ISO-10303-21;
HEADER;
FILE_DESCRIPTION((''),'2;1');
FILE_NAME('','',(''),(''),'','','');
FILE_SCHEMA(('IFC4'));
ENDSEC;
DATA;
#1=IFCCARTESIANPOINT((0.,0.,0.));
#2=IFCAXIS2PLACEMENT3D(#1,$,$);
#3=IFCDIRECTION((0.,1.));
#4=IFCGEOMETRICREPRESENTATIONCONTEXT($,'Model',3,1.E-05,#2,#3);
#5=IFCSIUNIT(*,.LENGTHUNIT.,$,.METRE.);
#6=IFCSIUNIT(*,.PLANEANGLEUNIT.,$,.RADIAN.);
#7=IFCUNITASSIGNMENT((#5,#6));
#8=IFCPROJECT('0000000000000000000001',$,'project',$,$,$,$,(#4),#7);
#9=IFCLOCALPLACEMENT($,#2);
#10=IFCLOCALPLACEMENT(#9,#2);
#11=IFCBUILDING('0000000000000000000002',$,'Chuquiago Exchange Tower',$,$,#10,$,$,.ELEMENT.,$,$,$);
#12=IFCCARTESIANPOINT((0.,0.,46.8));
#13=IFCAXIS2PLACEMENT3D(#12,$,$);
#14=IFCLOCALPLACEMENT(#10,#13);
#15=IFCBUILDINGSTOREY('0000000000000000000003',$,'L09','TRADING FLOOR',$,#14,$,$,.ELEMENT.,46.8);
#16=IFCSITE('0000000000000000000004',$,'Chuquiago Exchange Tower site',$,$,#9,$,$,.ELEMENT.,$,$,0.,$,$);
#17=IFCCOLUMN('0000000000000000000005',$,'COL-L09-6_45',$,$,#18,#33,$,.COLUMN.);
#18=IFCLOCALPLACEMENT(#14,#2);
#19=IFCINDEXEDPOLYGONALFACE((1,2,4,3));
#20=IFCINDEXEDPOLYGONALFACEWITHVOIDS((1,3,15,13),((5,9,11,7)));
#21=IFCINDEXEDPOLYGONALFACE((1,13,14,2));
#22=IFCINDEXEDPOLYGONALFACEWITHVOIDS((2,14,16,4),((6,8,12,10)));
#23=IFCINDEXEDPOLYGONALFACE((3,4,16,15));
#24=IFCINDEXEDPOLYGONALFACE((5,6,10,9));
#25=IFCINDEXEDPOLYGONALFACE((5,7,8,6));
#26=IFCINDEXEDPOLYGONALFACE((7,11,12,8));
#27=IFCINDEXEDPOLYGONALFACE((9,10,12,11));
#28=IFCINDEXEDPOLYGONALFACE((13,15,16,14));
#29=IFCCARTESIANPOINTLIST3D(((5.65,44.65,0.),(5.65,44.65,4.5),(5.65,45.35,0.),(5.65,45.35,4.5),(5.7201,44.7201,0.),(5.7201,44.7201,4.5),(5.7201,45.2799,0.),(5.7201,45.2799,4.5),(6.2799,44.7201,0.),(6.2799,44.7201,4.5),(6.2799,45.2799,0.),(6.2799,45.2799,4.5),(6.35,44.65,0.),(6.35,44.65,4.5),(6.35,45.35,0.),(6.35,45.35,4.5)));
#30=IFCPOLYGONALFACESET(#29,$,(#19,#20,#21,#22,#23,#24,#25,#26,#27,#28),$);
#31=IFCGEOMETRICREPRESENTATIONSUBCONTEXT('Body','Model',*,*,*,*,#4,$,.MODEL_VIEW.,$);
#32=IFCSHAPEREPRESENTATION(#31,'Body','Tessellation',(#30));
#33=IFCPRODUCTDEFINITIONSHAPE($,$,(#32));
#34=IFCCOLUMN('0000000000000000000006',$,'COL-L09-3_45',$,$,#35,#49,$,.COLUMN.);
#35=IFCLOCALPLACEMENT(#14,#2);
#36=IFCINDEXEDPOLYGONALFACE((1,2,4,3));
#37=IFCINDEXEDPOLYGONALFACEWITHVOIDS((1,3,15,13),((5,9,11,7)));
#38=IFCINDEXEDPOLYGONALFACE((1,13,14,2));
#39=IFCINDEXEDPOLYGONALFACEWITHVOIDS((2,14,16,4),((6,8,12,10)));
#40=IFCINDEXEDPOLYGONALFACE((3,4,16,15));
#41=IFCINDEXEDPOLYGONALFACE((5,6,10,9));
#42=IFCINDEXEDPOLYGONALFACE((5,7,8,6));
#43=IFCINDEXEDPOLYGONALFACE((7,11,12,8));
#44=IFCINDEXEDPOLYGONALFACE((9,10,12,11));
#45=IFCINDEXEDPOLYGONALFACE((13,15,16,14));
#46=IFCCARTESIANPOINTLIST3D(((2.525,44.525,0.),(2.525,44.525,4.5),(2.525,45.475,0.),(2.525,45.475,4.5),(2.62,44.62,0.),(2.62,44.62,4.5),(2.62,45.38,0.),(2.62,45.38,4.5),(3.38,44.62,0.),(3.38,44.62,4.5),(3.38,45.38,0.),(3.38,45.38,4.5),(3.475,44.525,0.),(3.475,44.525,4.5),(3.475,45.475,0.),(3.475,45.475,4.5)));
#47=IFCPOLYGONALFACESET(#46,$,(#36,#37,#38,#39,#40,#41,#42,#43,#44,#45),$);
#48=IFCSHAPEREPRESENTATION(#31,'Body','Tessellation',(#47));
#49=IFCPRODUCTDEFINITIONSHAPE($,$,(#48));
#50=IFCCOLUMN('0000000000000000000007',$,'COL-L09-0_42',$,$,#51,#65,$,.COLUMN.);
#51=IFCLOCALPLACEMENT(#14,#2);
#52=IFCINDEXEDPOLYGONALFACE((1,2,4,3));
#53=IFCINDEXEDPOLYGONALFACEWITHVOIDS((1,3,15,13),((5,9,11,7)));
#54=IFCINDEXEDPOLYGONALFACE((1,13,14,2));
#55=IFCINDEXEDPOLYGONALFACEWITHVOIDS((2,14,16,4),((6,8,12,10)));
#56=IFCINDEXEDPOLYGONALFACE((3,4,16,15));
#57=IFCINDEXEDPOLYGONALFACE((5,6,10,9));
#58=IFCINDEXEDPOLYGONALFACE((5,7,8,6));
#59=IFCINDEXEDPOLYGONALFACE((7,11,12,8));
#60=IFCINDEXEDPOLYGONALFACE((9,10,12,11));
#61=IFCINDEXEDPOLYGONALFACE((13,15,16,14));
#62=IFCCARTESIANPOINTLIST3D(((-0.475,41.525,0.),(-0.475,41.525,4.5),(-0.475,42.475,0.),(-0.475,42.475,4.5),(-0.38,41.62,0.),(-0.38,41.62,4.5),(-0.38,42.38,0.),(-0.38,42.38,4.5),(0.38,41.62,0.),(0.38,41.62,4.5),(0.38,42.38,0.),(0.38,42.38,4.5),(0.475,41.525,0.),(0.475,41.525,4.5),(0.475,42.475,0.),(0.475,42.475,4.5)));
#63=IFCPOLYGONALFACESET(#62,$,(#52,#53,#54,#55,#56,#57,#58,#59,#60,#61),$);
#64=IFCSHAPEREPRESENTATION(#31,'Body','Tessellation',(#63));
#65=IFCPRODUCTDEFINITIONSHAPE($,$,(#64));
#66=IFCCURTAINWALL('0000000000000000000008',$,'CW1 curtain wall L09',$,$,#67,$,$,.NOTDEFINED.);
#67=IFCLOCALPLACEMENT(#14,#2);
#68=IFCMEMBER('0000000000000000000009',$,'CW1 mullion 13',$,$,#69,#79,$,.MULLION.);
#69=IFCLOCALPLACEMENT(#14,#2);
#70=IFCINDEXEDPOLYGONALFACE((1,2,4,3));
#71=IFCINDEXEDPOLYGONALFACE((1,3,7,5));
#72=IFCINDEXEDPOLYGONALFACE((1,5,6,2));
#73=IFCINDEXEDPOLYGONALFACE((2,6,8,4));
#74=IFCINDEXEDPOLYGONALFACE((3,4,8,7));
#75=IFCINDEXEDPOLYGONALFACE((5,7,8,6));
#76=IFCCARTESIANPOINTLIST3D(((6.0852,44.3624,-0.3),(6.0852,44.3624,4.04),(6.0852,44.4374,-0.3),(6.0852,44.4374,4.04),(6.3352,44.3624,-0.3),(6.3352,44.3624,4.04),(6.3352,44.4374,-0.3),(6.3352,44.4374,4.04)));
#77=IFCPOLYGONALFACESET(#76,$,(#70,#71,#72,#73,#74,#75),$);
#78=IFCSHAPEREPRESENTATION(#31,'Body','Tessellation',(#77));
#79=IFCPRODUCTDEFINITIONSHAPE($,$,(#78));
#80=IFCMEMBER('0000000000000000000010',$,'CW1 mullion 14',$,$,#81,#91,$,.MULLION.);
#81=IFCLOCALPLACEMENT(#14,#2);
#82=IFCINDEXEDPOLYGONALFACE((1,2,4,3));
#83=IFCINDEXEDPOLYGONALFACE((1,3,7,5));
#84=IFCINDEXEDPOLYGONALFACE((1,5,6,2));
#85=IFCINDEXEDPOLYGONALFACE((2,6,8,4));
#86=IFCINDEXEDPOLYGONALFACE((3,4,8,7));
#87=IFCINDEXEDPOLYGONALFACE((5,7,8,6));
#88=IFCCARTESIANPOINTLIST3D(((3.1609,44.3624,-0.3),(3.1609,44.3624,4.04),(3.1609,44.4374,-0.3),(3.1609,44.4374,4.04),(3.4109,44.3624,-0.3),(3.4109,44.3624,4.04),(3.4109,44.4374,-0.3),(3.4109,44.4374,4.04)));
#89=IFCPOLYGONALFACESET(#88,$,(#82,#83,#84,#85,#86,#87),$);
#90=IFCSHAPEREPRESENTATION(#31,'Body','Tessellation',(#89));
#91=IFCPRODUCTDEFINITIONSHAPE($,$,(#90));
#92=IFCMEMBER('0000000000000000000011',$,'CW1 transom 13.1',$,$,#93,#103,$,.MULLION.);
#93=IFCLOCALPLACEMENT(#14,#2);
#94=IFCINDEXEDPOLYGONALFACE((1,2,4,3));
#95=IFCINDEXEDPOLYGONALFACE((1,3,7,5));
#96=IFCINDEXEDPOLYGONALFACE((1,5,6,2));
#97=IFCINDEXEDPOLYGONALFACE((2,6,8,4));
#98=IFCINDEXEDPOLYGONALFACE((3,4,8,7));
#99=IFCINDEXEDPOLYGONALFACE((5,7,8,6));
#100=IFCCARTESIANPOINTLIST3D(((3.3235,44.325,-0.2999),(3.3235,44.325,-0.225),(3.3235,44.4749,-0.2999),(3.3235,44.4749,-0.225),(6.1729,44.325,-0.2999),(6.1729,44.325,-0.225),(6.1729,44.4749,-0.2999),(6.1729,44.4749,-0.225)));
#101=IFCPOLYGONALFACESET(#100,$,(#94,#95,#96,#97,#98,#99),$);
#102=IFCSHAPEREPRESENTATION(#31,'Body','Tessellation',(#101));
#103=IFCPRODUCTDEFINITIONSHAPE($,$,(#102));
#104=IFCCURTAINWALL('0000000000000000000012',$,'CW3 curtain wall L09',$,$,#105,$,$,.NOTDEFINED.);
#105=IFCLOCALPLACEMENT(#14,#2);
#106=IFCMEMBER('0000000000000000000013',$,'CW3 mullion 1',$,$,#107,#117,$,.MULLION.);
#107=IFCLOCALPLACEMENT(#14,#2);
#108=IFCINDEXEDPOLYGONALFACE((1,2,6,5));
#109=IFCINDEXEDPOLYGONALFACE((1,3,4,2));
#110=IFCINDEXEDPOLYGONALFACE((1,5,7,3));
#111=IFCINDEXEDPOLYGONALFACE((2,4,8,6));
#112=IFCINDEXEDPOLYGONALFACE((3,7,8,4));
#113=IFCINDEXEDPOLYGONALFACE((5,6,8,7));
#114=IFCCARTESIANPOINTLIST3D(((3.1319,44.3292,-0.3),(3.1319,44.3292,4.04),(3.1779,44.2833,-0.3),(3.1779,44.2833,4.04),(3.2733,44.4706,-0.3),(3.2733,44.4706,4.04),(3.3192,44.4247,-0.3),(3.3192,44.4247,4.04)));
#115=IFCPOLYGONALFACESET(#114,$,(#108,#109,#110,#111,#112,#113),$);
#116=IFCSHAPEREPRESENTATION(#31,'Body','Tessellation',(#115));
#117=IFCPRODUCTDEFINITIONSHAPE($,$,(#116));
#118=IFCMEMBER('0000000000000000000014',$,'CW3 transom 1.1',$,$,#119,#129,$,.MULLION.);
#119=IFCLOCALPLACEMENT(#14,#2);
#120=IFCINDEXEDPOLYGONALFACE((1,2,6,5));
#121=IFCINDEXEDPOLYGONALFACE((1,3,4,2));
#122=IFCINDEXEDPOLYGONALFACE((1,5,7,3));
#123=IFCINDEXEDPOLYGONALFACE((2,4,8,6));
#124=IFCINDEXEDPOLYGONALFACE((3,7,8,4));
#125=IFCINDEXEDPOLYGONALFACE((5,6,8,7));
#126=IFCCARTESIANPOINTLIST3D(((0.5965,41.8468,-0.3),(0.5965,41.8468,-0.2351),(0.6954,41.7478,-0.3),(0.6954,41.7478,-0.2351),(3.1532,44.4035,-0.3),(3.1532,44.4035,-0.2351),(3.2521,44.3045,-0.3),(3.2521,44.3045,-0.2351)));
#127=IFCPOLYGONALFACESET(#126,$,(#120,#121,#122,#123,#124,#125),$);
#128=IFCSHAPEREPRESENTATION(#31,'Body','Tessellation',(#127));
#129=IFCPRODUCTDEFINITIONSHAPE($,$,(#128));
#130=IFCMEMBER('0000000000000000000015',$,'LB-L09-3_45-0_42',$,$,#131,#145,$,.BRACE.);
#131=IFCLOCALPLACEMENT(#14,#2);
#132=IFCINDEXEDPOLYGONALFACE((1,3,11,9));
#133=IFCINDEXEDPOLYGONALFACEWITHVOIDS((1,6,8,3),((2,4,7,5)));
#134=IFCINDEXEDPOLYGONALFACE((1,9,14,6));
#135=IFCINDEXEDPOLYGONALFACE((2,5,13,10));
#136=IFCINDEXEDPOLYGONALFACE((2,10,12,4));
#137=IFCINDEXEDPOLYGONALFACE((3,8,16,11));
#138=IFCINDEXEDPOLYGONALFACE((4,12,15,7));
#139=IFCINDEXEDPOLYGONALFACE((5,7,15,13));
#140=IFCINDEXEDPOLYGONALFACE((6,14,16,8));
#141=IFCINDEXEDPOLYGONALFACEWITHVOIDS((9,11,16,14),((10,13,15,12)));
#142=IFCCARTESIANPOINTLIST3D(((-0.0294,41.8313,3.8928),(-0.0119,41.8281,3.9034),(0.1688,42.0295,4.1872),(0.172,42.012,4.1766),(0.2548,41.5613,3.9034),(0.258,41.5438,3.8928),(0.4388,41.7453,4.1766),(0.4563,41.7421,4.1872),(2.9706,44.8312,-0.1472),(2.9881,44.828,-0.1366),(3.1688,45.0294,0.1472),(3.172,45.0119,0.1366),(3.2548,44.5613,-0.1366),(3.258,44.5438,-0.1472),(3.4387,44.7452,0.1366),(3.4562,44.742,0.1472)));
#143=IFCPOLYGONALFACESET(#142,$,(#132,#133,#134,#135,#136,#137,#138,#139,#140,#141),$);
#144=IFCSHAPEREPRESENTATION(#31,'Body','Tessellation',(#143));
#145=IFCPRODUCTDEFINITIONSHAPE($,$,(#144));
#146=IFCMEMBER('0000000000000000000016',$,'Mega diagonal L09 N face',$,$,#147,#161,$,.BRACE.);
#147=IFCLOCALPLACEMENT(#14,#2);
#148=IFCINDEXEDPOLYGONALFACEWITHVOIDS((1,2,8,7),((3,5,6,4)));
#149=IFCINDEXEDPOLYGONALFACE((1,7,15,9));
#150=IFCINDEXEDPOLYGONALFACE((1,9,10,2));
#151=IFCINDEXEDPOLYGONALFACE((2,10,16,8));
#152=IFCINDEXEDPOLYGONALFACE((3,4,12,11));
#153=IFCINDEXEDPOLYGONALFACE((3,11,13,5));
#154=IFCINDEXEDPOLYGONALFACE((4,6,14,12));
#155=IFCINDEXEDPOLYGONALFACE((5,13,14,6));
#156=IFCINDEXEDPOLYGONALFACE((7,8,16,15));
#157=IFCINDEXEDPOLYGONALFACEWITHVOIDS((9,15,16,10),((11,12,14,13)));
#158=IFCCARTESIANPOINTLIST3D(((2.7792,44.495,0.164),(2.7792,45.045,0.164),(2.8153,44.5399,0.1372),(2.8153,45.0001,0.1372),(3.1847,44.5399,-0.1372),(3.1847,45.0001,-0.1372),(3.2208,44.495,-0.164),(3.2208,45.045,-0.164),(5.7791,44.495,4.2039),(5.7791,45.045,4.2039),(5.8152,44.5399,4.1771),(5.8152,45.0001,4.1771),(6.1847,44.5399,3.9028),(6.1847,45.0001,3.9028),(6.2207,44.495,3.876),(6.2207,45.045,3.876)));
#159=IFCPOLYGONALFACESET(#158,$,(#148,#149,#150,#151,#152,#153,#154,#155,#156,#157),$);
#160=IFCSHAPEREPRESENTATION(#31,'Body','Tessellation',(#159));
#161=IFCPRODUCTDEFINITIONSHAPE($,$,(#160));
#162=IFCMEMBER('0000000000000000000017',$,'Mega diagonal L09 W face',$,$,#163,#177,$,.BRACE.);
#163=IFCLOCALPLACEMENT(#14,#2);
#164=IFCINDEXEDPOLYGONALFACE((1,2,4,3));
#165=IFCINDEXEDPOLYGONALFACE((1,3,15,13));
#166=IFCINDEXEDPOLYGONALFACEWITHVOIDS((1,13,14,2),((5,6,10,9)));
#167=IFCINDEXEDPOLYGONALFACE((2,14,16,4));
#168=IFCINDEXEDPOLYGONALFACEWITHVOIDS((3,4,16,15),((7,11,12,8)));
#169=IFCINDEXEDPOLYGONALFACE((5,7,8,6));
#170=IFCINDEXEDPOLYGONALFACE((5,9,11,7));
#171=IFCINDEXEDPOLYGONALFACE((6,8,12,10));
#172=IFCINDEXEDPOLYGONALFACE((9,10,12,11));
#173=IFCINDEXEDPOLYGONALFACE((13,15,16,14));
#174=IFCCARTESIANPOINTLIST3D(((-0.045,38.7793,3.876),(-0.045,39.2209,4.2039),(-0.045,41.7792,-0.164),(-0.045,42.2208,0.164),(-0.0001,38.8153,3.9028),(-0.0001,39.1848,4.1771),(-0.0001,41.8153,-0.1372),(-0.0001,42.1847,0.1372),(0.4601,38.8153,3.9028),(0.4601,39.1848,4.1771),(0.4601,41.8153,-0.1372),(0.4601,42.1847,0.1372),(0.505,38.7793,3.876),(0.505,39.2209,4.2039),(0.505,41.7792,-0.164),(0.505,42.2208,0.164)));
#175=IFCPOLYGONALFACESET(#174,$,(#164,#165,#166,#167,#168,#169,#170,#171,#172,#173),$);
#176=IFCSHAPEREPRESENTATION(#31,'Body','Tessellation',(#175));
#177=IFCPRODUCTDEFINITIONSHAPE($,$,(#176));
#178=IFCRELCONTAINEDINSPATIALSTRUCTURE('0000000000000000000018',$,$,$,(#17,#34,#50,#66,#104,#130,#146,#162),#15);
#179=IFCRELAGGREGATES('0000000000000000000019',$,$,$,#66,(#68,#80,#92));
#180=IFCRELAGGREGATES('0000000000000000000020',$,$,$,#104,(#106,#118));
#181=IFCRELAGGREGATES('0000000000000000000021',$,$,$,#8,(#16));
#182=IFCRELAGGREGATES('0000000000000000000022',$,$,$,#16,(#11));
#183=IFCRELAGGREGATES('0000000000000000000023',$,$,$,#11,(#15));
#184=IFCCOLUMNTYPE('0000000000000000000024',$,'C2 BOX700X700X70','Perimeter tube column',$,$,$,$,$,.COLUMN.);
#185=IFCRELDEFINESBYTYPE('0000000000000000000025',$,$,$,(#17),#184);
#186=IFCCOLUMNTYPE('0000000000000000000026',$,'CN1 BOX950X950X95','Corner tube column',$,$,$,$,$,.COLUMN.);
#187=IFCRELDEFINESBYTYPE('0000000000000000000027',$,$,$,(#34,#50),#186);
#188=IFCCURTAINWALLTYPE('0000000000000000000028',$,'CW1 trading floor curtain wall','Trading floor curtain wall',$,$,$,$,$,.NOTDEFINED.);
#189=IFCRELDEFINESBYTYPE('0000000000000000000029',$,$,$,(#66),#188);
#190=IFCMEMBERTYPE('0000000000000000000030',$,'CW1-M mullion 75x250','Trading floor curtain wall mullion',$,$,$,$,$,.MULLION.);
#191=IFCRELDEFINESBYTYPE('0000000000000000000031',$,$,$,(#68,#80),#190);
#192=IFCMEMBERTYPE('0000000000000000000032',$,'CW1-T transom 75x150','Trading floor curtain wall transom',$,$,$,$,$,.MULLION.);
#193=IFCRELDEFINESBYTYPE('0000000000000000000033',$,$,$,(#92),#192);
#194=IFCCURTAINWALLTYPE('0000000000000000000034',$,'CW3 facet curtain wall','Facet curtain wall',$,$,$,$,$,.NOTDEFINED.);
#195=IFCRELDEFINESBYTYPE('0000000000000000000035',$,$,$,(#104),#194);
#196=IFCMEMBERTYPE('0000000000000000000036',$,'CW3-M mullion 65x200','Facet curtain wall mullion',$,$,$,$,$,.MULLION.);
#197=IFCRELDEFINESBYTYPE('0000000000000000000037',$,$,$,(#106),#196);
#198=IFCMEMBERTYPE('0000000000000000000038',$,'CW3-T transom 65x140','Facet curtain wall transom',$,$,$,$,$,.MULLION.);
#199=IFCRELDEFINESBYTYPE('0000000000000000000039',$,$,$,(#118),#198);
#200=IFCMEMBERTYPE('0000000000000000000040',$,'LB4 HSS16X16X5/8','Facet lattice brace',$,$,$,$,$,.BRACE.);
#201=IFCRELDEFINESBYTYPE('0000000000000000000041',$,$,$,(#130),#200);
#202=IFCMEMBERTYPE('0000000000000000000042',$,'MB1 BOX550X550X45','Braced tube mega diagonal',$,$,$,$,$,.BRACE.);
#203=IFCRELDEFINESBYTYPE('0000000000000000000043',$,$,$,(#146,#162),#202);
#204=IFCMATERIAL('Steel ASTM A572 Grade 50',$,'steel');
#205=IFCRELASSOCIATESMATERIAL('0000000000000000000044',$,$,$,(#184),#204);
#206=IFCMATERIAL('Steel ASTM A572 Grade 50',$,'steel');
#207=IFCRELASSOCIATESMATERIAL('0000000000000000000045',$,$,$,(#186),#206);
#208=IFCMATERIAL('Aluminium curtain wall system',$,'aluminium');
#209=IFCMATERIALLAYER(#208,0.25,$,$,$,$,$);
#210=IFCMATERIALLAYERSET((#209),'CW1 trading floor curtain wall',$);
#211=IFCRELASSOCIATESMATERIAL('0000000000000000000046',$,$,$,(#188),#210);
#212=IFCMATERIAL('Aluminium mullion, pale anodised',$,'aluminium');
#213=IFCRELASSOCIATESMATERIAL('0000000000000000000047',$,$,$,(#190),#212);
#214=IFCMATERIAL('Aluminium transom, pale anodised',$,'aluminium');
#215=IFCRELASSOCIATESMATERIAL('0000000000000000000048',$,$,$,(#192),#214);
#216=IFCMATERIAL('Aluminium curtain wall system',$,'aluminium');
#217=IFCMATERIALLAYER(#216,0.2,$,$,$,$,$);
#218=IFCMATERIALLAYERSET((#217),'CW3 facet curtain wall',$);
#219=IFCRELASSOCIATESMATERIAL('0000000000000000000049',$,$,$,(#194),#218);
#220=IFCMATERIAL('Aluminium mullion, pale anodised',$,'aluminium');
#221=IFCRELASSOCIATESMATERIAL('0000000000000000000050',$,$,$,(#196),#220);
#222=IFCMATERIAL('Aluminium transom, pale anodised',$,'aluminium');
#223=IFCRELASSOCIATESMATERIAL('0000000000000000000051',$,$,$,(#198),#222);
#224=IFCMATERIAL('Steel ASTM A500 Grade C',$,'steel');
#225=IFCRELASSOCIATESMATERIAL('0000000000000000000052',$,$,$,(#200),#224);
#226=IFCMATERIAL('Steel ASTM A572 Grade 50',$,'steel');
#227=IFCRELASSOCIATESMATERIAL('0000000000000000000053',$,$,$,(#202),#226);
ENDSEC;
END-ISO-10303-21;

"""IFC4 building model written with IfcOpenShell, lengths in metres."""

from ifc_helpers import new_model, si_unit, direction, frame, origin, origin_2d, place, context, subcontext, project, spatial, rectangle, hollow_rectangle, extrude, material, layer, layer_set, material_profile, profile_set, type_object, element, aggregate, save


model = new_model("IFC4")

# Units and contexts
model_context = context("Model", 3, precision=1e-05, world=origin(), true_north=direction((0.0, 1.0)))
body_context = subcontext(model_context, "Body", "Model", "MODEL_VIEW")
ifc_project = project(units=[si_unit("LENGTHUNIT", "METRE"), si_unit("PLANEANGLEUNIT", "RADIAN")], contexts=[model_context])

# Site, building, storey
site_placement = place(None, origin())
site = spatial("IfcSite", under=ifc_project, at=site_placement, Name="Chuquiago Exchange Tower site", CompositionType="ELEMENT", RefElevation=0.0)
building_placement = place(site_placement, origin())
building = spatial("IfcBuilding", under=site, at=building_placement, Name="Chuquiago Exchange Tower", CompositionType="ELEMENT")
storey_placement = place(building_placement, frame((0.0, 0.0, 46.8)))
storey = spatial("IfcBuildingStorey", under=building, at=storey_placement, Name="L09", Description="TRADING FLOOR", CompositionType="ELEMENT", Elevation=46.8)

# Columns
ifc_material_1 = material(Name="Steel ASTM A572 Grade 50", Category="steel")
ifc_material_profile_1 = material_profile(ifc_material_1, hollow_rectangle(XDim=0.7, YDim=0.7, WallThickness=0.0701, at=origin_2d()), Name="BOX700X700X70")
ifc_profile_set_1 = profile_set([ifc_material_profile_1], Name="Steel ASTM A572 Grade 50")
column_type_1 = type_object("IfcColumnType", Name="C2 BOX700X700X70", Description="Perimeter tube column", PredefinedType="COLUMN", material=ifc_profile_set_1)
column_placement = place(storey_placement, frame((6.0, 45.0, 0.0), z_axis=(0.0, 0.0, 1.0), x_axis=(0.0, 1.0, 0.0)))
element("IfcColumn", 1, at=column_placement, inside=storey, type_object=column_type_1, Name="COL-L09-6_45", PredefinedType="COLUMN", context=body_context, shape_type="SweptSolid", body=[
    extrude(hollow_rectangle(XDim=0.7, YDim=0.7, WallThickness=0.0701, at=origin_2d()), origin(), (0.0, 0.0, 1.0), 4.5),
])
ifc_material_2 = material(Name="Steel ASTM A572 Grade 50", Category="steel")
ifc_material_profile_2 = material_profile(ifc_material_2, hollow_rectangle(XDim=0.95, YDim=0.95, WallThickness=0.095, at=origin_2d()), Name="BOX950X950X95")
ifc_profile_set_2 = profile_set([ifc_material_profile_2], Name="Steel ASTM A572 Grade 50")
column_type_2 = type_object("IfcColumnType", Name="CN1 BOX950X950X95", Description="Corner tube column", PredefinedType="COLUMN", material=ifc_profile_set_2)
for number, where, z_axis, x_axis, name in (
    (2, (3.0, 45.0, 0.0), (0.0, 0.0, 1.0), (0.0, 1.0, 0.0), "COL-L09-3_45"),
    (3, (0.0, 42.0, 0.0), (0.0, 0.0, 1.0), (-1.0, 0.0, 0.0), "COL-L09-0_42"),
):
    element("IfcColumn", number, at=place(storey_placement, frame(where, z_axis=z_axis, x_axis=x_axis)), inside=storey, type_object=column_type_2, Name=name, PredefinedType="COLUMN", context=body_context, shape_type="SweptSolid", body=[
        extrude(hollow_rectangle(XDim=0.95, YDim=0.95, WallThickness=0.095, at=origin_2d()), origin(), (0.0, 0.0, 1.0), 4.5),
    ])

# Curtain walls, members
ifc_material_3 = material(Name="Aluminium curtain wall system", Category="aluminium")
ifc_layer_1 = layer(ifc_material_3, 0.25)
ifc_layer_set_1 = layer_set([ifc_layer_1], Name="CW1 trading floor curtain wall")
curtain_wall_type_1 = type_object("IfcCurtainWallType", Name="CW1 trading floor curtain wall", Description="Trading floor curtain wall", PredefinedType="NOTDEFINED", material=ifc_layer_set_1)
curtain_wall_1_placement = place(storey_placement, origin())
curtain_wall_1 = element("IfcCurtainWall", 4, at=curtain_wall_1_placement, inside=storey, type_object=curtain_wall_type_1, Name="CW1 curtain wall L09", PredefinedType="NOTDEFINED")
ifc_material_4 = material(Name="Aluminium mullion, pale anodised", Category="aluminium")
ifc_material_profile_3 = material_profile(ifc_material_4, rectangle(XDim=0.075, YDim=0.25, at=origin_2d()), Name="AL 75x250")
ifc_profile_set_3 = profile_set([ifc_material_profile_3], Name="Aluminium mullion, pale anodised")
member_type_1 = type_object("IfcMemberType", Name="CW1-M mullion 75x250", Description="Trading floor curtain wall mullion", PredefinedType="MULLION", material=ifc_profile_set_3)
member_1_placement = place(storey_placement, frame((6.2102, 44.3999, -0.3), z_axis=(0.0, 0.0, 1.0), x_axis=(0.0, -1.0, 0.0)))
member_1 = element("IfcMember", 5, at=member_1_placement, type_object=member_type_1, Name="CW1 mullion 13", PredefinedType="MULLION", context=body_context, shape_type="SweptSolid", body=[
    extrude(rectangle(XDim=0.075, YDim=0.25, at=origin_2d()), origin(), (0.0, 0.0, 1.0), 4.3401),
])
member_2_placement = place(storey_placement, frame((3.2859, 44.3999, -0.3), z_axis=(0.0, 0.0, 1.0), x_axis=(0.0, -1.0, 0.0)))
member_2 = element("IfcMember", 6, at=member_2_placement, type_object=member_type_1, Name="CW1 mullion 14", PredefinedType="MULLION", context=body_context, shape_type="SweptSolid", body=[
    extrude(rectangle(XDim=0.075, YDim=0.25, at=origin_2d()), origin(), (0.0, 0.0, 1.0), 4.3401),
])
ifc_material_5 = material(Name="Aluminium transom, pale anodised", Category="aluminium")
ifc_material_profile_4 = material_profile(ifc_material_5, rectangle(XDim=0.1499, YDim=0.075, at=origin_2d()), Name="AL 150x75")
ifc_profile_set_4 = profile_set([ifc_material_profile_4], Name="Aluminium transom, pale anodised")
member_type_2 = type_object("IfcMemberType", Name="CW1-T transom 75x150", Description="Trading floor curtain wall transom", PredefinedType="MULLION", material=ifc_profile_set_4)
member_3_placement = place(storey_placement, frame((6.1729, 44.3999, -0.2625), z_axis=(-1.0, 0.0, 0.0), x_axis=(0.0, -1.0, 0.0)))
member_3 = element("IfcMember", 7, at=member_3_placement, type_object=member_type_2, Name="CW1 transom 13.1", PredefinedType="MULLION", context=body_context, shape_type="SweptSolid", body=[
    extrude(rectangle(XDim=0.1499, YDim=0.075, at=origin_2d()), origin(), (0.0, 0.0, 1.0), 2.8494),
])
ifc_material_6 = material(Name="Aluminium curtain wall system", Category="aluminium")
ifc_layer_2 = layer(ifc_material_6, 0.2)
ifc_layer_set_2 = layer_set([ifc_layer_2], Name="CW3 facet curtain wall")
curtain_wall_type_2 = type_object("IfcCurtainWallType", Name="CW3 facet curtain wall", Description="Facet curtain wall", PredefinedType="NOTDEFINED", material=ifc_layer_set_2)
curtain_wall_2_placement = place(storey_placement, origin())
curtain_wall_2 = element("IfcCurtainWall", 8, at=curtain_wall_2_placement, inside=storey, type_object=curtain_wall_type_2, Name="CW3 curtain wall L09", PredefinedType="NOTDEFINED")
ifc_material_7 = material(Name="Aluminium mullion, pale anodised", Category="aluminium")
ifc_material_profile_5 = material_profile(ifc_material_7, rectangle(XDim=0.0649, YDim=0.2, at=origin_2d()), Name="AL 65x200")
ifc_profile_set_5 = profile_set([ifc_material_profile_5], Name="Aluminium mullion, pale anodised")
member_type_3 = type_object("IfcMemberType", Name="CW3-M mullion 65x200", Description="Facet curtain wall mullion", PredefinedType="MULLION", material=ifc_profile_set_5)
member_4_placement = place(storey_placement, frame((3.2256, 44.377, -0.3), z_axis=(0.0, 0.0, 1.0), x_axis=(0.707107, -0.707107, 0.0)))
member_4 = element("IfcMember", 9, at=member_4_placement, type_object=member_type_3, Name="CW3 mullion 1", PredefinedType="MULLION", context=body_context, shape_type="SweptSolid", body=[
    extrude(rectangle(XDim=0.0649, YDim=0.2, at=origin_2d()), origin(), (0.0, 0.0, 1.0), 4.3401),
])
ifc_material_8 = material(Name="Aluminium transom, pale anodised", Category="aluminium")
ifc_material_profile_6 = material_profile(ifc_material_8, rectangle(XDim=0.1399, YDim=0.0649, at=origin_2d()), Name="AL 140x65")
ifc_profile_set_6 = profile_set([ifc_material_profile_6], Name="Aluminium transom, pale anodised")
member_type_4 = type_object("IfcMemberType", Name="CW3-T transom 65x140", Description="Facet curtain wall transom", PredefinedType="MULLION", material=ifc_profile_set_6)
member_5_placement = place(storey_placement, frame((3.2026, 44.354, -0.2676), z_axis=(-0.707107, -0.707107, 0.0), x_axis=(0.707107, -0.707107, 0.0)))
member_5 = element("IfcMember", 10, at=member_5_placement, type_object=member_type_4, Name="CW3 transom 1.1", PredefinedType="MULLION", context=body_context, shape_type="SweptSolid", body=[
    extrude(rectangle(XDim=0.1399, YDim=0.0649, at=origin_2d()), origin(), (0.0, 0.0, 1.0), 3.6157),
])

# Members
ifc_material_9 = material(Name="Steel ASTM A500 Grade C", Category="steel")
ifc_material_profile_7 = material_profile(ifc_material_9, hollow_rectangle(XDim=0.4065, YDim=0.4065, WallThickness=0.0146, at=origin_2d()), Name="HSS16X16X5/8")
ifc_profile_set_7 = profile_set([ifc_material_profile_7], Name="Steel ASTM A500 Grade C")
member_type_5 = type_object("IfcMemberType", Name="LB4 HSS16X16X5/8", Description="Facet lattice brace", PredefinedType="BRACE", material=ifc_profile_set_7)
member_6_placement = place(storey_placement, frame((3.2134, 44.7866, 0.0), z_axis=(-0.512077, -0.512077, 0.689604), x_axis=(0.707107, -0.707107, 0.0)))
element("IfcMember", 11, at=member_6_placement, inside=storey, type_object=member_type_5, Name="LB-L09-3_45-0_42", PredefinedType="BRACE", context=body_context, shape_type="SweptSolid", body=[
    extrude(hollow_rectangle(XDim=0.4065, YDim=0.4065, WallThickness=0.0146, at=origin_2d()), origin(), (0.0, 0.0, 1.0), 5.8584),
])
ifc_material_10 = material(Name="Steel ASTM A572 Grade 50", Category="steel")
ifc_material_profile_8 = material_profile(ifc_material_10, hollow_rectangle(XDim=0.55, YDim=0.55, WallThickness=0.0449, at=origin_2d()), Name="BOX550X550X45")
ifc_profile_set_8 = profile_set([ifc_material_profile_8], Name="Steel ASTM A572 Grade 50")
member_type_6 = type_object("IfcMemberType", Name="MB1 BOX550X550X45", Description="Braced tube mega diagonal", PredefinedType="BRACE", material=ifc_profile_set_8)
for number, where, z_axis, x_axis, name in (
    (12, (3.0, 44.77, 0.0), (0.596174, 0.0, 0.802855), (0.0, 1.0, 0.0), "Mega diagonal L09 N face"),
    (13, (0.23, 42.0, 0.0), (0.0, -0.596174, 0.802855), (1.0, 0.0, 0.0), "Mega diagonal L09 W face"),
):
    element("IfcMember", number, at=place(storey_placement, frame(where, z_axis=z_axis, x_axis=x_axis)), inside=storey, type_object=member_type_6, Name=name, PredefinedType="BRACE", context=body_context, shape_type="SweptSolid", body=[
        extrude(hollow_rectangle(XDim=0.55, YDim=0.55, WallThickness=0.0449, at=origin_2d()), origin(), (0.0, 0.0, 1.0), 5.032),
    ])

aggregate(curtain_wall_1, [member_1, member_2, member_3])
aggregate(curtain_wall_2, [member_4, member_5])

save(model, "model.ifc")
